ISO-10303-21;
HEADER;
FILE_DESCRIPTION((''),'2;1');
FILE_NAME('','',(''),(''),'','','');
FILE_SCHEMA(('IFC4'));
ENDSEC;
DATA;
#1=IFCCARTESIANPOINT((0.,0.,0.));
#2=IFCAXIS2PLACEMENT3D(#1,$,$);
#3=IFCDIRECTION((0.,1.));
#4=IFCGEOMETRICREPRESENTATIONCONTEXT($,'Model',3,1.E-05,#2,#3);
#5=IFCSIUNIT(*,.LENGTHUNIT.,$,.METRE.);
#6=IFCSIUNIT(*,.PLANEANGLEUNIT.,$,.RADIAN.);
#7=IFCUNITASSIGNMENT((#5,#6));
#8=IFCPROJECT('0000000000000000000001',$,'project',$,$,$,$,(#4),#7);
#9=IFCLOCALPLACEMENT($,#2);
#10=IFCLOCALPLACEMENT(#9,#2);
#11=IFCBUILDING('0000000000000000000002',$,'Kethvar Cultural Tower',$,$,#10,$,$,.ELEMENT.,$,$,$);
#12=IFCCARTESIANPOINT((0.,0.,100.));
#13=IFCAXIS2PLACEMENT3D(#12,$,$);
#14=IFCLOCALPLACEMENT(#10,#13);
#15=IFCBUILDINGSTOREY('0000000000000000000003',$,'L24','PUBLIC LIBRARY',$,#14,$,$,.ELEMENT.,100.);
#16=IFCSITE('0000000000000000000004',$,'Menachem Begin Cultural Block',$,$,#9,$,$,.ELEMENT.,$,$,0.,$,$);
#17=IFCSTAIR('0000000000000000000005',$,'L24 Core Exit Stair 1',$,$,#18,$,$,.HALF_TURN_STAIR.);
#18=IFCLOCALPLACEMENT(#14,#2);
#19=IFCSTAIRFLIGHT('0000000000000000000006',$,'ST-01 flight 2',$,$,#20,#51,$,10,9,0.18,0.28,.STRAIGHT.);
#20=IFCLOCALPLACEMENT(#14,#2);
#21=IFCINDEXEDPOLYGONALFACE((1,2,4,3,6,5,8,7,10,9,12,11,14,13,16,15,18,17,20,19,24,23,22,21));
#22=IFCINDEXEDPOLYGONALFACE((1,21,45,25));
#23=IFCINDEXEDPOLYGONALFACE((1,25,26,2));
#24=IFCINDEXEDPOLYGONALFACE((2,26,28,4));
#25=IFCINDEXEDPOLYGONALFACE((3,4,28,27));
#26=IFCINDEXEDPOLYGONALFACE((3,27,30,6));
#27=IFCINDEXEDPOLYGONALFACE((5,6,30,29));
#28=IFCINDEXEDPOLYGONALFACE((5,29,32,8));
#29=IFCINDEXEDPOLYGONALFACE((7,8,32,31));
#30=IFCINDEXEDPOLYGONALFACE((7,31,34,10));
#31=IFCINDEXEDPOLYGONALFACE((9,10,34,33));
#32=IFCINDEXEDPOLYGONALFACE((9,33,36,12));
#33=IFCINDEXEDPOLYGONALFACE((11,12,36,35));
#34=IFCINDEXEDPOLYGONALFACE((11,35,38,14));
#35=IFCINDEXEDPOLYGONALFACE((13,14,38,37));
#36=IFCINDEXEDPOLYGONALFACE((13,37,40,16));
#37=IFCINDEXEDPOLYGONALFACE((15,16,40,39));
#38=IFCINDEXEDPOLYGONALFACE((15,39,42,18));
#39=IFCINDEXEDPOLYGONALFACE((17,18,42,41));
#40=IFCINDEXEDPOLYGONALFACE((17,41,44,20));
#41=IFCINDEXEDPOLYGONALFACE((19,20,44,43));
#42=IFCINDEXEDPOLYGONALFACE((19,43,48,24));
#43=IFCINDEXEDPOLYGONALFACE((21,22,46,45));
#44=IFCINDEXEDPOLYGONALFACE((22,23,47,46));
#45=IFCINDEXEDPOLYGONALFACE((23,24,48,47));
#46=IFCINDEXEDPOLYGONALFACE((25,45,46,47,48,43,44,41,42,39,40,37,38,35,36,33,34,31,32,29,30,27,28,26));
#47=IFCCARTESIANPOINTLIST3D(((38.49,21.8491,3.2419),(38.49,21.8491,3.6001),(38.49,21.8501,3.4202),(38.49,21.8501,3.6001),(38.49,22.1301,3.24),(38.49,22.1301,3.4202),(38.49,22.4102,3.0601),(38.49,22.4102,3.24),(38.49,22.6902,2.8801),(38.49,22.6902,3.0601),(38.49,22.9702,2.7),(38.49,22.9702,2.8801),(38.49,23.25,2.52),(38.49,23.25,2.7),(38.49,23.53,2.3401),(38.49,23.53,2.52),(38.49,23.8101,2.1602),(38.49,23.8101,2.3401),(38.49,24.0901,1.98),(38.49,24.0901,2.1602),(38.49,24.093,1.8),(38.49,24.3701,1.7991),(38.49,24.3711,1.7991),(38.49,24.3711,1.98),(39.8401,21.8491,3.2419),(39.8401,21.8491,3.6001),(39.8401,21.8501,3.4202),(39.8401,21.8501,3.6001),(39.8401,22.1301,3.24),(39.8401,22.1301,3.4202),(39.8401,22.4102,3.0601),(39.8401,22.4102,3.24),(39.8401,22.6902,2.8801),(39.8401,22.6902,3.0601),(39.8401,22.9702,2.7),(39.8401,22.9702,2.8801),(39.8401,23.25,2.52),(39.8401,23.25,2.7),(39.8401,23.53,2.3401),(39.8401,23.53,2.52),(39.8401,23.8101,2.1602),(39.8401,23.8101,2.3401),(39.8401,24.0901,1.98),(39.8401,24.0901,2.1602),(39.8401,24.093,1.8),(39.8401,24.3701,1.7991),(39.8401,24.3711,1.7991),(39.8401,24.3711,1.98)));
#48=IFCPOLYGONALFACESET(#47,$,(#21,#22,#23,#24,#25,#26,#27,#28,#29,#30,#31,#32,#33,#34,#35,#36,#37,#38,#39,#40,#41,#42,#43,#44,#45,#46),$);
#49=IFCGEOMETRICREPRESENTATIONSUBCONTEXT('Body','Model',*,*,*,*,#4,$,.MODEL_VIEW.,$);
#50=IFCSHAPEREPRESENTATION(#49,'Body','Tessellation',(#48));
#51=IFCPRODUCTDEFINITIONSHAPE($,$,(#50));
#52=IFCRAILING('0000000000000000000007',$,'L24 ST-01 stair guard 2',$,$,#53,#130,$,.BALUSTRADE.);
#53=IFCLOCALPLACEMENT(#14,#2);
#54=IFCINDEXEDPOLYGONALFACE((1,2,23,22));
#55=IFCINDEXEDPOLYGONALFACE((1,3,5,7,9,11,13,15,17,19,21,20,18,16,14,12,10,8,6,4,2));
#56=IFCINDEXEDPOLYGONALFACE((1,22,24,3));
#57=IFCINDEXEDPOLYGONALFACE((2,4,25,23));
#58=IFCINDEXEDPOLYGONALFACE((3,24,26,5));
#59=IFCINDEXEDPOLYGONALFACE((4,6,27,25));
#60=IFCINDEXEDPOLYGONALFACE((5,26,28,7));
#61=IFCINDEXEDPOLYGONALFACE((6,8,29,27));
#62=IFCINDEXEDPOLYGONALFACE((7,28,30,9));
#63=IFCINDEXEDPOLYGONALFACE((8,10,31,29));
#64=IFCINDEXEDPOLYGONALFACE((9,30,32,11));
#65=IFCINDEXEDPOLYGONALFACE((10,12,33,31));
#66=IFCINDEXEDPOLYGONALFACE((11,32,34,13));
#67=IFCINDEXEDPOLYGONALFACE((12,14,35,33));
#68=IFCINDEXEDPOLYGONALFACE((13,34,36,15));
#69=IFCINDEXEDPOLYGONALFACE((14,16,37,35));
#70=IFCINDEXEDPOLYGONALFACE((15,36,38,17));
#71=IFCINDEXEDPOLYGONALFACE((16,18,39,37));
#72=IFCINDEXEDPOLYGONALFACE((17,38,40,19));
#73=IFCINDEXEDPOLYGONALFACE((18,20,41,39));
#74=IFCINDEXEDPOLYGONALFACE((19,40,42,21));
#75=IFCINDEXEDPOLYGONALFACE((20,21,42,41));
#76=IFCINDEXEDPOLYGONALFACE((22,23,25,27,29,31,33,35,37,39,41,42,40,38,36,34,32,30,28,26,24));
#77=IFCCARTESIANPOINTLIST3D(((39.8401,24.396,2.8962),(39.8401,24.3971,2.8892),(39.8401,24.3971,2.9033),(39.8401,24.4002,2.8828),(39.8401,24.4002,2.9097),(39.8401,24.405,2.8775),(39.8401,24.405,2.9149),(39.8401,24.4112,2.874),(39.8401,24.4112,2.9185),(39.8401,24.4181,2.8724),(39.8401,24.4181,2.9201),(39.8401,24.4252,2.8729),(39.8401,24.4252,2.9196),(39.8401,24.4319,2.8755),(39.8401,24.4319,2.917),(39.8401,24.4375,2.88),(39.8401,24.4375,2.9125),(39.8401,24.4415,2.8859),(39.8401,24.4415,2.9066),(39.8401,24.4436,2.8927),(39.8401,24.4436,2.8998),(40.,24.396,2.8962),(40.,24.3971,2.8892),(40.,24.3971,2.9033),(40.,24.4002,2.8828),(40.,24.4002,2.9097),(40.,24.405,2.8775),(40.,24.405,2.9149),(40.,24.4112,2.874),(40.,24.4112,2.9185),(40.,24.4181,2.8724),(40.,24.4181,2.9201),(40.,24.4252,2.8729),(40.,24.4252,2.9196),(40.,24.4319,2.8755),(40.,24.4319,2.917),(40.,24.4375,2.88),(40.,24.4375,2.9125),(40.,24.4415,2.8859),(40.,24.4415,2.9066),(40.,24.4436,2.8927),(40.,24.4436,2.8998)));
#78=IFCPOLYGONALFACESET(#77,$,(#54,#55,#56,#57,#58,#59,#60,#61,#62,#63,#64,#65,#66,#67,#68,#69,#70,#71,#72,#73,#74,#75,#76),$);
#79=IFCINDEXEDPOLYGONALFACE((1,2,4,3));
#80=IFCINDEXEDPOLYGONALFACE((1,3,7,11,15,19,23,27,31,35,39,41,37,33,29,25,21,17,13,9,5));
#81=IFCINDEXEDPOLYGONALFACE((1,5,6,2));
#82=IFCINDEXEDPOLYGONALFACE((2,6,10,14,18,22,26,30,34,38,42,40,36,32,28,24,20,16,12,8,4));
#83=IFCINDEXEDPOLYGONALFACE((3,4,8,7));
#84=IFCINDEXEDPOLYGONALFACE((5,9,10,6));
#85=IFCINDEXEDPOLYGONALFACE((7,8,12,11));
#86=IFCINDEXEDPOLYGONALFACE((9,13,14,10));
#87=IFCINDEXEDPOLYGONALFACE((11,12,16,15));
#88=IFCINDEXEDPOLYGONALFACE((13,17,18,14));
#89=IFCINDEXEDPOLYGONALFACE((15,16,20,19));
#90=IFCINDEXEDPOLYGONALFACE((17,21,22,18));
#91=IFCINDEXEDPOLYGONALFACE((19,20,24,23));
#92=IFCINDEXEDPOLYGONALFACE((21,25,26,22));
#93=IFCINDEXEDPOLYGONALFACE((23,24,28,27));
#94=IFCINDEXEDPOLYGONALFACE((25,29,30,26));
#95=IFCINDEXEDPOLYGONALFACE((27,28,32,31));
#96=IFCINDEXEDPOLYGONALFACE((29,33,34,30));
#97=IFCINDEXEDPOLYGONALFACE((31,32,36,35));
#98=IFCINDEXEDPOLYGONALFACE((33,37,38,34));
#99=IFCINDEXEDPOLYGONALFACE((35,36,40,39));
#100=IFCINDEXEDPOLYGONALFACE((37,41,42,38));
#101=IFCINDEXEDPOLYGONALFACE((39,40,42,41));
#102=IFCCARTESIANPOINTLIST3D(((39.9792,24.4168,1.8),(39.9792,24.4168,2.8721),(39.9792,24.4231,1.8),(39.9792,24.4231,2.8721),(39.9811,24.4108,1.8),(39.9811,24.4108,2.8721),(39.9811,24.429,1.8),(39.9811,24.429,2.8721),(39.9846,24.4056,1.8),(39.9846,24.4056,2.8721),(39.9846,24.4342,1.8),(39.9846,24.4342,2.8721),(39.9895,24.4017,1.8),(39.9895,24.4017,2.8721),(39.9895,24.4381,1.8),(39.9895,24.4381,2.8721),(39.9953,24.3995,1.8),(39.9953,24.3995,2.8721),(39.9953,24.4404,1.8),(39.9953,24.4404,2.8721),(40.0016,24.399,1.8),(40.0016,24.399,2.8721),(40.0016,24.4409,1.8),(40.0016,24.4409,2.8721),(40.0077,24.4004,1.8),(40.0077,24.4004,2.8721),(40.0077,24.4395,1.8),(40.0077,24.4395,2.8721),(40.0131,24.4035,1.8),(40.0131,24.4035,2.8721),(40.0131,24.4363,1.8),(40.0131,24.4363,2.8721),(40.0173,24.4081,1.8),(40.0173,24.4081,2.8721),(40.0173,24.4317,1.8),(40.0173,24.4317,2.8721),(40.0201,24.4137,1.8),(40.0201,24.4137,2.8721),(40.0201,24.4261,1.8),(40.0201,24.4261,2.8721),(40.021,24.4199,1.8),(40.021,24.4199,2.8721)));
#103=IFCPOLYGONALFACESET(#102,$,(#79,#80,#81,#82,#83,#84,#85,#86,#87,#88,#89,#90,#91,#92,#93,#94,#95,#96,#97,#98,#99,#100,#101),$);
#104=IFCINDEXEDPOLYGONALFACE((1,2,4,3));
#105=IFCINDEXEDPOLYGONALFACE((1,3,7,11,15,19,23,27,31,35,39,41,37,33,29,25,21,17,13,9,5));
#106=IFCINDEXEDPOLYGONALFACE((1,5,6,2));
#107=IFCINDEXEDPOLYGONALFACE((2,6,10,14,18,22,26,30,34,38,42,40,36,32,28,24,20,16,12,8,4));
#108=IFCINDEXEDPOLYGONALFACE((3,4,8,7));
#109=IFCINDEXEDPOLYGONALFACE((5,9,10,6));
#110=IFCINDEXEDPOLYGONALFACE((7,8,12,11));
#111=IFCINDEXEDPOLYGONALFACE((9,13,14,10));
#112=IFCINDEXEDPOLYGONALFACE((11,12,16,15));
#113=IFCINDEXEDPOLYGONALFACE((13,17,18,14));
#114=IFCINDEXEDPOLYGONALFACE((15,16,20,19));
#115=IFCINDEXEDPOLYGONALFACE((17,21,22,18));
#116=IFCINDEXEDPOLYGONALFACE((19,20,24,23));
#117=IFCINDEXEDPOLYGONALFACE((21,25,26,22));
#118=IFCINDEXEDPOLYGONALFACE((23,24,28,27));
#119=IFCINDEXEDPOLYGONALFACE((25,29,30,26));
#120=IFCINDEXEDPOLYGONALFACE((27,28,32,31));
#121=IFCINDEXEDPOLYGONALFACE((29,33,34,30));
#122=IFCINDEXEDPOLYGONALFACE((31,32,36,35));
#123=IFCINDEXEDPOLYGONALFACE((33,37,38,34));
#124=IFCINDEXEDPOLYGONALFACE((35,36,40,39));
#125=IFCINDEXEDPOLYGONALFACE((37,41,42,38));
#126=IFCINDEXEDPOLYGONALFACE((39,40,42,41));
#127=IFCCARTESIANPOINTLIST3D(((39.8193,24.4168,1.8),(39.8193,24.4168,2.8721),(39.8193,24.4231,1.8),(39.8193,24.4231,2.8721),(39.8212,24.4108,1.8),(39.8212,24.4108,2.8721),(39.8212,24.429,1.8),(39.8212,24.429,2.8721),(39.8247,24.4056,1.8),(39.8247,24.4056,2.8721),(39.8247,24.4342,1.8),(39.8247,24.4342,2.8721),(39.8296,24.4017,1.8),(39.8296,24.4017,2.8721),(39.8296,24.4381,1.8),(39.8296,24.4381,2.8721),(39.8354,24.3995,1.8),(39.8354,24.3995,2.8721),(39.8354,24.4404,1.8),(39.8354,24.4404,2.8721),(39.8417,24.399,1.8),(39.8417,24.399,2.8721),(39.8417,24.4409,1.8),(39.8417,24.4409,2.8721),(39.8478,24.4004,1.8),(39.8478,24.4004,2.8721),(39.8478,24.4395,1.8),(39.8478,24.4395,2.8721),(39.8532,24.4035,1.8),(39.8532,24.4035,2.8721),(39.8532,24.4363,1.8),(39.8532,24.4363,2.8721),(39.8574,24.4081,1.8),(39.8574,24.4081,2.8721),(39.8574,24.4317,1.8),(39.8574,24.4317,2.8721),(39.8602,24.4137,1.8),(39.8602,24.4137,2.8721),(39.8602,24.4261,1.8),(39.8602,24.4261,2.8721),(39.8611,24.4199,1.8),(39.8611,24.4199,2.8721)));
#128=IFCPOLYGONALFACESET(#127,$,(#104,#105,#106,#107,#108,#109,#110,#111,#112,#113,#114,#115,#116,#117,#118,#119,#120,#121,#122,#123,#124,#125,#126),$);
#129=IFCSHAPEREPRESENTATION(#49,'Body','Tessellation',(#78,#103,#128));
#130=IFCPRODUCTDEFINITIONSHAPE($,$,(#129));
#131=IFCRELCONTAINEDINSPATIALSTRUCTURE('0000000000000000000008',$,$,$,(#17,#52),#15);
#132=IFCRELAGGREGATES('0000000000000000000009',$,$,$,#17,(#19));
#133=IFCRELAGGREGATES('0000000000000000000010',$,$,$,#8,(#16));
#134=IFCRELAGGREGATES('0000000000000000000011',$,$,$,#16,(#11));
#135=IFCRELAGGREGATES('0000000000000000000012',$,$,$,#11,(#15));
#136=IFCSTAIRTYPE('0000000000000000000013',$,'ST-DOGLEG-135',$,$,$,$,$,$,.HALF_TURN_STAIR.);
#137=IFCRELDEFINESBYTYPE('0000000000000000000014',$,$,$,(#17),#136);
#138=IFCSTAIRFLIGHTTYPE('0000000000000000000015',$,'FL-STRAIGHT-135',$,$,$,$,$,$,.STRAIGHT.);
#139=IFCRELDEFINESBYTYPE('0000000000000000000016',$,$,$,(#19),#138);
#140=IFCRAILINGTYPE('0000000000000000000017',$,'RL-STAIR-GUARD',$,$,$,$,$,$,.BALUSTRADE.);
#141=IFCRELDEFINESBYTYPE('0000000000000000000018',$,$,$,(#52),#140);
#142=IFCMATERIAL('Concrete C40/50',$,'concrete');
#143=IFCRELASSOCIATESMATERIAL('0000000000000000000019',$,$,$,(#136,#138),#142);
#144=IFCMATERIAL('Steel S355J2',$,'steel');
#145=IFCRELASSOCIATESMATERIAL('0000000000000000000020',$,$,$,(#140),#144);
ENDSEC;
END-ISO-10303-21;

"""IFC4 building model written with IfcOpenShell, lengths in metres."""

from ifc_helpers import new_model, si_unit, direction, frame, origin, origin_2d, place, context, subcontext, project, spatial, polyline, circle, outline, extrude, material, type_object, element, aggregate, save


model = new_model("IFC4")

# Units and contexts
model_context = context("Model", 3, precision=1e-05, world=origin(), true_north=direction((0.0, 1.0)))
body_context = subcontext(model_context, "Body", "Model", "MODEL_VIEW")
ifc_project = project(units=[si_unit("LENGTHUNIT", "METRE"), si_unit("PLANEANGLEUNIT", "RADIAN")], contexts=[model_context])

# Site, building, storey
site_placement = place(None, origin())
site = spatial("IfcSite", under=ifc_project, at=site_placement, Name="Menachem Begin Cultural Block", CompositionType="ELEMENT", RefElevation=0.0)
building_placement = place(site_placement, origin())
building = spatial("IfcBuilding", under=site, at=building_placement, Name="Kethvar Cultural Tower", CompositionType="ELEMENT")
storey_placement = place(building_placement, frame((0.0, 0.0, 100.0)))
storey = spatial("IfcBuildingStorey", under=building, at=storey_placement, Name="L24", Description="PUBLIC LIBRARY", CompositionType="ELEMENT", Elevation=100.0)

# Shared definitions
ifc_material_1 = material(Name="Steel S355J2", Category="steel")

# Shared definitions
ifc_material_2 = material(Name="Concrete C40/50", Category="concrete")

# Stair, stair flight
stair_type = type_object("IfcStairType", Name="ST-DOGLEG-135", PredefinedType="HALF_TURN_STAIR", material=ifc_material_2)
stair_placement = place(storey_placement, origin())
stair = element("IfcStair", 1, at=stair_placement, inside=storey, type_object=stair_type, Name="L24 Core Exit Stair 1", PredefinedType="HALF_TURN_STAIR")
stair_flight_type = type_object("IfcStairFlightType", Name="FL-STRAIGHT-135", PredefinedType="STRAIGHT", material=ifc_material_2)
stair_flight_placement = place(storey_placement, frame((39.165, 24.3701, 1.8), z_axis=(0.0, 0.0, 1.0), x_axis=(0.0, -1.0, 0.0)))
stair_flight = element("IfcStairFlight", 2, at=stair_flight_placement, type_object=stair_flight_type, Name="ST-01 flight 2", NumberOfRisers=10, NumberOfTreads=9, PredefinedType="STRAIGHT", RiserHeight=0.18, TreadLength=0.28, context=body_context, shape_type="SweptSolid", body=[
    extrude(outline(polyline([(-0.001, -0.001), (-0.001, 0.1799), (0.28, 0.1799), (0.28, 0.3601), (0.5601, 0.3601), (0.5601, 0.54), (0.8401, 0.54), (0.8401, 0.72), (1.1201, 0.72), (1.1201, 0.8999), (1.3999, 0.8999), (1.3999, 1.0801), (1.6799, 1.0801), (1.6799, 1.26), (1.96, 1.26), (1.96, 1.4399), (2.24, 1.4399), (2.24, 1.6201), (2.52, 1.6201), (2.52, 1.8), (2.521, 1.8), (2.521, 1.4419), (0.2771, 0.0), (0.0, -0.001), (-0.001, -0.001)])), frame((0.0, 0.675, 0.0), z_axis=(0.0, -1.0, 0.0), x_axis=(1.0, 0.0, 0.0)), (0.0, 0.0, 1.0), 1.3501),
])
aggregate(stair, [stair_flight])

# Railing
railing_type_1 = type_object("IfcRailingType", Name="RL-STAIR-GUARD", PredefinedType="BALUSTRADE", material=ifc_material_1)
railing_1_placement = place(storey_placement, frame((40.0, 24.4199, 1.8)))
element("IfcRailing", 3, at=railing_1_placement, inside=storey, type_object=railing_type_1, Name="L24 ST-01 stair guard 2", PredefinedType="BALUSTRADE", context=body_context, shape_type="SweptSolid", body=[
    extrude(circle(Radius=0.0239, at=origin_2d()), frame((0.0, 0.0, 1.0962), z_axis=(-1.0, 0.0, 0.0), x_axis=(0.0, -1.0, 0.0)), (0.0, 0.0, 1.0), 0.1599),
    extrude(circle(Radius=0.021, at=origin_2d()), origin(), (0.0, 0.0, 1.0), 1.072),
    extrude(circle(Radius=0.021, at=origin_2d()), frame((-0.1599, 0.0, 0.0)), (0.0, 0.0, 1.0), 1.072),
])

save(model, "model.ifc")
